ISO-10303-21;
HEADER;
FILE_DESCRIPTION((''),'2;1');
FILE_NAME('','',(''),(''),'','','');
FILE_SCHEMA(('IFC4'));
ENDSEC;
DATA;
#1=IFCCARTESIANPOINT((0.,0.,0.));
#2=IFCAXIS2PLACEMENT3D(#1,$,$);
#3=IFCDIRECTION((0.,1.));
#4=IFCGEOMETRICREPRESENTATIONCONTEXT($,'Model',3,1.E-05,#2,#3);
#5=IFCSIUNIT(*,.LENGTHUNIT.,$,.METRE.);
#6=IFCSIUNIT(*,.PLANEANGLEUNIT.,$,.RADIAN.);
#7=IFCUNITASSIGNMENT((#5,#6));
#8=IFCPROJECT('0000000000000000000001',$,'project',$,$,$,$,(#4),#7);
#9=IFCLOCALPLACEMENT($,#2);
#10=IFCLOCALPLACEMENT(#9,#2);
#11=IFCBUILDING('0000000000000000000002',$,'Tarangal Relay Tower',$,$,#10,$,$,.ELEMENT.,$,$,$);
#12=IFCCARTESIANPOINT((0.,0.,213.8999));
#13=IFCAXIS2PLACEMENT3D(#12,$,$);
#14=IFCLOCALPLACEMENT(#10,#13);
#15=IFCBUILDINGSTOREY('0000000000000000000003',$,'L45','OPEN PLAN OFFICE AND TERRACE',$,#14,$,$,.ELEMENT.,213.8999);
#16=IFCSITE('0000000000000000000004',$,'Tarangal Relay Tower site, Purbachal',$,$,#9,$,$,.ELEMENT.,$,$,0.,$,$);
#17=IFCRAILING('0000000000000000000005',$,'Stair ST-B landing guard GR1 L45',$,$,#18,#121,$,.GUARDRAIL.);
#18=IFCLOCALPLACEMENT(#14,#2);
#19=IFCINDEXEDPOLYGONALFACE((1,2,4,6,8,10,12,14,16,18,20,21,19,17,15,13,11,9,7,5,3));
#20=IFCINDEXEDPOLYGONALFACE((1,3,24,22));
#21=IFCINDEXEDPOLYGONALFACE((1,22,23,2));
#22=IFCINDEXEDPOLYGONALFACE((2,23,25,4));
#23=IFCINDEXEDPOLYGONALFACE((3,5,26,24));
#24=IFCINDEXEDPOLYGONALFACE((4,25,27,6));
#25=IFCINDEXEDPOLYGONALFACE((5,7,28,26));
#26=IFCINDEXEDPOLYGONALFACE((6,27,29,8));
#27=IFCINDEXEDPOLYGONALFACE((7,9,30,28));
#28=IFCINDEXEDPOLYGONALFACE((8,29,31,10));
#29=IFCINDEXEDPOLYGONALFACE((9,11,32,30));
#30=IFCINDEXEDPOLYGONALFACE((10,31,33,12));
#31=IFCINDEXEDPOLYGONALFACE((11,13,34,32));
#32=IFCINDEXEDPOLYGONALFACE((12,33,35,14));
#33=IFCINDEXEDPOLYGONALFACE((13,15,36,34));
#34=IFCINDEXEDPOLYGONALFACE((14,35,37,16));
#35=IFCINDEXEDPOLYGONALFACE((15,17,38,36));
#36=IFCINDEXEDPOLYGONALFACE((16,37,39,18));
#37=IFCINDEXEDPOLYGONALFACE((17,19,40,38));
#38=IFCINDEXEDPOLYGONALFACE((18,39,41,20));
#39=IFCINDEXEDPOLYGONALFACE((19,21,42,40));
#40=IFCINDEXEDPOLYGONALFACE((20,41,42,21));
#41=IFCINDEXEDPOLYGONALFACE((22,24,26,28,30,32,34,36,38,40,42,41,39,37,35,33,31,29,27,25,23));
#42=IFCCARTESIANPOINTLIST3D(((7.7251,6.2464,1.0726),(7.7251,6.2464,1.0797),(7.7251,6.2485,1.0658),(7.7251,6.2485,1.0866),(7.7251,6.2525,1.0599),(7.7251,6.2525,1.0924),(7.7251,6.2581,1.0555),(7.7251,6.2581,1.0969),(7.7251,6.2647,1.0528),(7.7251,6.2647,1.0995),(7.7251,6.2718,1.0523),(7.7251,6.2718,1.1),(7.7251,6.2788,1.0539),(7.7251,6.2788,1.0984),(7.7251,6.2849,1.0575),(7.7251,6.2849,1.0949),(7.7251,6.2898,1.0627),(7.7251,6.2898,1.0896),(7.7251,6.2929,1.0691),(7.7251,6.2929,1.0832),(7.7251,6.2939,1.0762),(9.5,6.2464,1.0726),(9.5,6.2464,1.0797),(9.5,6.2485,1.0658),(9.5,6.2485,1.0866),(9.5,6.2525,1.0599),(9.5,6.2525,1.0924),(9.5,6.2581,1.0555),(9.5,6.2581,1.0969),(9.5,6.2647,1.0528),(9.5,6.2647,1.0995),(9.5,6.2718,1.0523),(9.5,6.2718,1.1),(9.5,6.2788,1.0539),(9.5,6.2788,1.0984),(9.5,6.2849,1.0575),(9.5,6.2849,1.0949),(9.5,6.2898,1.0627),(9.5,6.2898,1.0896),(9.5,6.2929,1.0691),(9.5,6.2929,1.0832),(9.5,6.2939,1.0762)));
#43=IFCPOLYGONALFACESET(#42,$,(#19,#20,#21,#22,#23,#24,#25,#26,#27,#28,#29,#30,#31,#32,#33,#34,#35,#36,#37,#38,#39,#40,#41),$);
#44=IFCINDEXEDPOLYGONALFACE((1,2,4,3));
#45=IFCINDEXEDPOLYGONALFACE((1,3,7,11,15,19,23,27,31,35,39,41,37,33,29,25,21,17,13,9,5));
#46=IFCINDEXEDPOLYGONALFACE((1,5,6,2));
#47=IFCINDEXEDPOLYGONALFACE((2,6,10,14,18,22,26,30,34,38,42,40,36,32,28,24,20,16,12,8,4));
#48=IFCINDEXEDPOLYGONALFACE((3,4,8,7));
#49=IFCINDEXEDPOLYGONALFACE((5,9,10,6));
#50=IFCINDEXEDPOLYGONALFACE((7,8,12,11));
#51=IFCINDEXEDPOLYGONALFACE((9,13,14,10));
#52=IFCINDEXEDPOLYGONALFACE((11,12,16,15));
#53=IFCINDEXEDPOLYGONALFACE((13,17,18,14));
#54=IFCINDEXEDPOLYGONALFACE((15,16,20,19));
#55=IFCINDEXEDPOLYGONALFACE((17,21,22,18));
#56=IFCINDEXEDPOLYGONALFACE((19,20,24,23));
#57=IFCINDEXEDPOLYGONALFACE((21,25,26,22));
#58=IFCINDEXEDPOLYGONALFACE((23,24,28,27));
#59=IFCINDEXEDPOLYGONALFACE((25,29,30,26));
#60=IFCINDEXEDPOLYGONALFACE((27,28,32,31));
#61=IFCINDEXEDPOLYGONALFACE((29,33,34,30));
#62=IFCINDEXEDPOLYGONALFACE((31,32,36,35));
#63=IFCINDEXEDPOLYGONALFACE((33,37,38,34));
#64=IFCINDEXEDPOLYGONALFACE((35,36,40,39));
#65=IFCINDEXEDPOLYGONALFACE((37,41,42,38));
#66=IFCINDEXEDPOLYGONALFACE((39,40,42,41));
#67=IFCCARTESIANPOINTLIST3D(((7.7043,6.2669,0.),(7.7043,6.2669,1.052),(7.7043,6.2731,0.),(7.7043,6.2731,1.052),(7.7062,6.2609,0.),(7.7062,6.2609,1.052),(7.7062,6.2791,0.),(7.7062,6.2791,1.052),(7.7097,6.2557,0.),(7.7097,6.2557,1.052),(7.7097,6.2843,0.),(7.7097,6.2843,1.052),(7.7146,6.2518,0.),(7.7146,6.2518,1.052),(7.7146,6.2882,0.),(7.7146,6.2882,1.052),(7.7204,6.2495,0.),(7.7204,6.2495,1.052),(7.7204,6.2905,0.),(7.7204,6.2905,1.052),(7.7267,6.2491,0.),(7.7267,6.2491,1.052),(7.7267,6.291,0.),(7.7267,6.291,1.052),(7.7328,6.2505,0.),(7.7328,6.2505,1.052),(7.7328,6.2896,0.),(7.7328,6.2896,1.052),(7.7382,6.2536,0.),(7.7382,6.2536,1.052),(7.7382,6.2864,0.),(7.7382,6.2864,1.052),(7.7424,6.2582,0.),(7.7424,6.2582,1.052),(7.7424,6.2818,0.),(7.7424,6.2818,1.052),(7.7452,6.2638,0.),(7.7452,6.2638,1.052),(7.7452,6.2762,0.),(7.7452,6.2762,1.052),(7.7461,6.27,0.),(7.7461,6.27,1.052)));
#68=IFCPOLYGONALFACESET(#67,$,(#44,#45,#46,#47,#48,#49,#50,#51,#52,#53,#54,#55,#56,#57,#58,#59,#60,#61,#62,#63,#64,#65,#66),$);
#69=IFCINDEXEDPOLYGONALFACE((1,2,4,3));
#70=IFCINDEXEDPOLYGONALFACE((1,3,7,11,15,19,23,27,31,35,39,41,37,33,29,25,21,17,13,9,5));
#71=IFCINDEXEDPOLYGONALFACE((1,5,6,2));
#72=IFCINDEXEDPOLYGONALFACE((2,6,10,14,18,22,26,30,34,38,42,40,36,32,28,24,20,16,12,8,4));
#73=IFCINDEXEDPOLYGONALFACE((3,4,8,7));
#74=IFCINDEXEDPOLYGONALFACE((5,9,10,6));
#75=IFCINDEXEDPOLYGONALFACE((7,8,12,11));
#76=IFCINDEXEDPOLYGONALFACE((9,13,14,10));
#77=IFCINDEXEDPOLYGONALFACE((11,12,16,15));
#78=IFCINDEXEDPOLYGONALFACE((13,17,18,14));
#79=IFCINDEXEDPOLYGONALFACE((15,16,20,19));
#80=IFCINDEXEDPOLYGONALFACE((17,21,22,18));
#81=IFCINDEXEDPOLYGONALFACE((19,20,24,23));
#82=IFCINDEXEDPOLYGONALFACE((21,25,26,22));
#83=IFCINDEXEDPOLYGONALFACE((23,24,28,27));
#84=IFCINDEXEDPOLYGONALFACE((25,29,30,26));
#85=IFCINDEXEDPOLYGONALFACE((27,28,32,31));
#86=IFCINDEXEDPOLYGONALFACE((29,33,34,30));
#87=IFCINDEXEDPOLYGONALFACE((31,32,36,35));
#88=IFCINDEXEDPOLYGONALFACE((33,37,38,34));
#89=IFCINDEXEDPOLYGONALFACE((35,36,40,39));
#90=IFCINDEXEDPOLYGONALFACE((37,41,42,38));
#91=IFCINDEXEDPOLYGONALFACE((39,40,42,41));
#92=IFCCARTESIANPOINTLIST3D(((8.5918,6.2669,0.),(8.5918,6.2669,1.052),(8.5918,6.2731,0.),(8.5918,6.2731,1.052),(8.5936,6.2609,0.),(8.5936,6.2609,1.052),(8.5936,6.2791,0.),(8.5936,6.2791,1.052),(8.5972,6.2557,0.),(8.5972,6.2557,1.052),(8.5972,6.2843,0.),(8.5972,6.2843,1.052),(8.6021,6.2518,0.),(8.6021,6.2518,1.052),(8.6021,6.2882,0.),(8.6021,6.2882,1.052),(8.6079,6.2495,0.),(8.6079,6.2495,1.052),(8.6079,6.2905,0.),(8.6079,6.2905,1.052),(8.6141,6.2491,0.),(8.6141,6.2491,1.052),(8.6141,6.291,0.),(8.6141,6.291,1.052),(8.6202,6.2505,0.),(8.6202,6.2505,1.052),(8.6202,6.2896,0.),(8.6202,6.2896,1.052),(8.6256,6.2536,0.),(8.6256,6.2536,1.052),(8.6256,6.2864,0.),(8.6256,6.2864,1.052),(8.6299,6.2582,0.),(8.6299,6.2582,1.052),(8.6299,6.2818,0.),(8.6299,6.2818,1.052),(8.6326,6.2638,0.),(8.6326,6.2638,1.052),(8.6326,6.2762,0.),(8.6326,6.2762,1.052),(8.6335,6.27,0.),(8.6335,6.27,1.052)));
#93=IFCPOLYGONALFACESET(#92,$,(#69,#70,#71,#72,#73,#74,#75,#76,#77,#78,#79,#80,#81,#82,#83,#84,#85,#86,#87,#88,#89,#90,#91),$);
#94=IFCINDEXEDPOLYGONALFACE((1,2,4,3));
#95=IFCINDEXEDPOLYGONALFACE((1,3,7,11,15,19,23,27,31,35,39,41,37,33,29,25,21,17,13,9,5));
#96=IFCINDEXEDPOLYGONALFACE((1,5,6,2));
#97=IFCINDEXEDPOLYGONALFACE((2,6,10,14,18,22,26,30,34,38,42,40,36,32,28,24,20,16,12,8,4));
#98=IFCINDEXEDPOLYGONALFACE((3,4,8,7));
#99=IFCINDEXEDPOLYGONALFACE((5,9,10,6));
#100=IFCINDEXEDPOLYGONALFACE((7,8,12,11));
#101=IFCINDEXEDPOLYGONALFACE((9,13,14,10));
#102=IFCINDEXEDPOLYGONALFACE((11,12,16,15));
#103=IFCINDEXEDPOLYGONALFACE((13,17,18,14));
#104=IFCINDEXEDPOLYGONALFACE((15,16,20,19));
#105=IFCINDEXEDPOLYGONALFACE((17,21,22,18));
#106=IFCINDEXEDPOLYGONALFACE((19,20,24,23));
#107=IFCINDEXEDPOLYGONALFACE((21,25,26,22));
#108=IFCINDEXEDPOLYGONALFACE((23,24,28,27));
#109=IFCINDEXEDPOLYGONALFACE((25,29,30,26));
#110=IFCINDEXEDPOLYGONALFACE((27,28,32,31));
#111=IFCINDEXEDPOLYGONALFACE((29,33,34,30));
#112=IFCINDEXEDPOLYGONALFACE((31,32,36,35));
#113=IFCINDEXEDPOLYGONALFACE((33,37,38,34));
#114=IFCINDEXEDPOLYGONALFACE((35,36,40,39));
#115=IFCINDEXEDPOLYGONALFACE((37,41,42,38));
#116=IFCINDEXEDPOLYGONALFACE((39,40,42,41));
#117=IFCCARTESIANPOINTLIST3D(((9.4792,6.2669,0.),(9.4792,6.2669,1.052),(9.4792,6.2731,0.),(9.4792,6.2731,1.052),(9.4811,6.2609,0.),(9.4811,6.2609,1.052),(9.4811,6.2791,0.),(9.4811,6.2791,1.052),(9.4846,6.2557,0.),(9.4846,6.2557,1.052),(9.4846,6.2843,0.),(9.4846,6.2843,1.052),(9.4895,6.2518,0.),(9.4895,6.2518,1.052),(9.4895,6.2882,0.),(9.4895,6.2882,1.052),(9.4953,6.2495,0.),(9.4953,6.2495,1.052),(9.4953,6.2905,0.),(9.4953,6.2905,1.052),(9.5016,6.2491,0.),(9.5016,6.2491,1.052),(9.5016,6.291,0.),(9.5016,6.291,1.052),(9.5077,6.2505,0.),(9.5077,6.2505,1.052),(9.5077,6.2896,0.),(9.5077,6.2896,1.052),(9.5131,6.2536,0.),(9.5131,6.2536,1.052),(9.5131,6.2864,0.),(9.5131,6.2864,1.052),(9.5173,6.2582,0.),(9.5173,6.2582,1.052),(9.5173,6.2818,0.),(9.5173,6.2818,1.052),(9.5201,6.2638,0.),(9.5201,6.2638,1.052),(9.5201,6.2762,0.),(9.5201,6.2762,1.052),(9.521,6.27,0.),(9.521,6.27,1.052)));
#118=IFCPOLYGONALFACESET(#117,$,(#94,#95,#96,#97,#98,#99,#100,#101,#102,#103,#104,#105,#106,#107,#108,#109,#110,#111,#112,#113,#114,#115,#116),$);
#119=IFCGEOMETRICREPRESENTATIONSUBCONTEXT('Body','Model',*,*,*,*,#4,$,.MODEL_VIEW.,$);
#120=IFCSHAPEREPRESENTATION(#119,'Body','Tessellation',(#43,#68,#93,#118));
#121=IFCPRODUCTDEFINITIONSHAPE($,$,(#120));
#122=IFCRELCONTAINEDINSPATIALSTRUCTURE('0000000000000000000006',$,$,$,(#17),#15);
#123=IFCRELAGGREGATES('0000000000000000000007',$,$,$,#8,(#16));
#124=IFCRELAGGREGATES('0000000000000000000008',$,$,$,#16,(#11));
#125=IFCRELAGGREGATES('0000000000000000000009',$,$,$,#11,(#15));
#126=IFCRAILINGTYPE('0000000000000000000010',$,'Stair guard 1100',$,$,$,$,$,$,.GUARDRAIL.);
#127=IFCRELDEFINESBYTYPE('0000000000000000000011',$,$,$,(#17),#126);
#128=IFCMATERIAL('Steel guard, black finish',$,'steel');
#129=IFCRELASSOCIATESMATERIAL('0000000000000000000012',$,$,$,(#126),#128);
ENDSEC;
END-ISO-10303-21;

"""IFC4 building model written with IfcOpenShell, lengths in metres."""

from ifc_helpers import new_model, si_unit, direction, frame, origin, origin_2d, place, context, subcontext, project, spatial, circle, extrude, material, type_object, element, save


model = new_model("IFC4")

# Units and contexts
model_context = context("Model", 3, precision=1e-05, world=origin(), true_north=direction((0.0, 1.0)))
body_context = subcontext(model_context, "Body", "Model", "MODEL_VIEW")
ifc_project = project(units=[si_unit("LENGTHUNIT", "METRE"), si_unit("PLANEANGLEUNIT", "RADIAN")], contexts=[model_context])

# Site, building, storey
site_placement = place(None, origin())
site = spatial("IfcSite", under=ifc_project, at=site_placement, Name="Tarangal Relay Tower site, Purbachal", CompositionType="ELEMENT", RefElevation=0.0)
building_placement = place(site_placement, origin())
building = spatial("IfcBuilding", under=site, at=building_placement, Name="Tarangal Relay Tower", CompositionType="ELEMENT")
storey_placement = place(building_placement, frame((0.0, 0.0, 213.8999)))
storey = spatial("IfcBuildingStorey", under=building, at=storey_placement, Name="L45", Description="OPEN PLAN OFFICE AND TERRACE", CompositionType="ELEMENT", Elevation=213.8999)

# Railing
ifc_material_1 = material(Name="Steel guard, black finish", Category="steel")
railing_type_1 = type_object("IfcRailingType", Name="Stair guard 1100", PredefinedType="GUARDRAIL", material=ifc_material_1)
railing_1_placement = place(storey_placement, frame((7.7251, 6.27, 0.0)))
element("IfcRailing", 1, at=railing_1_placement, inside=storey, type_object=railing_type_1, Name="Stair ST-B landing guard GR1 L45", PredefinedType="GUARDRAIL", context=body_context, shape_type="SweptSolid", body=[
    extrude(circle(Radius=0.0239, at=origin_2d()), frame((0.0, 0.0, 1.0762), z_axis=(1.0, 0.0, 0.0), x_axis=(0.0, 1.0, 0.0)), (0.0, 0.0, 1.0), 1.7749),
    extrude(circle(Radius=0.021, at=origin_2d()), origin(), (0.0, 0.0, 1.0), 1.052),
    extrude(circle(Radius=0.021, at=origin_2d()), frame((0.8875, 0.0, 0.0)), (0.0, 0.0, 1.0), 1.052),
    extrude(circle(Radius=0.021, at=origin_2d()), frame((1.7749, 0.0, 0.0)), (0.0, 0.0, 1.0), 1.052),
])

save(model, "model.ifc")
